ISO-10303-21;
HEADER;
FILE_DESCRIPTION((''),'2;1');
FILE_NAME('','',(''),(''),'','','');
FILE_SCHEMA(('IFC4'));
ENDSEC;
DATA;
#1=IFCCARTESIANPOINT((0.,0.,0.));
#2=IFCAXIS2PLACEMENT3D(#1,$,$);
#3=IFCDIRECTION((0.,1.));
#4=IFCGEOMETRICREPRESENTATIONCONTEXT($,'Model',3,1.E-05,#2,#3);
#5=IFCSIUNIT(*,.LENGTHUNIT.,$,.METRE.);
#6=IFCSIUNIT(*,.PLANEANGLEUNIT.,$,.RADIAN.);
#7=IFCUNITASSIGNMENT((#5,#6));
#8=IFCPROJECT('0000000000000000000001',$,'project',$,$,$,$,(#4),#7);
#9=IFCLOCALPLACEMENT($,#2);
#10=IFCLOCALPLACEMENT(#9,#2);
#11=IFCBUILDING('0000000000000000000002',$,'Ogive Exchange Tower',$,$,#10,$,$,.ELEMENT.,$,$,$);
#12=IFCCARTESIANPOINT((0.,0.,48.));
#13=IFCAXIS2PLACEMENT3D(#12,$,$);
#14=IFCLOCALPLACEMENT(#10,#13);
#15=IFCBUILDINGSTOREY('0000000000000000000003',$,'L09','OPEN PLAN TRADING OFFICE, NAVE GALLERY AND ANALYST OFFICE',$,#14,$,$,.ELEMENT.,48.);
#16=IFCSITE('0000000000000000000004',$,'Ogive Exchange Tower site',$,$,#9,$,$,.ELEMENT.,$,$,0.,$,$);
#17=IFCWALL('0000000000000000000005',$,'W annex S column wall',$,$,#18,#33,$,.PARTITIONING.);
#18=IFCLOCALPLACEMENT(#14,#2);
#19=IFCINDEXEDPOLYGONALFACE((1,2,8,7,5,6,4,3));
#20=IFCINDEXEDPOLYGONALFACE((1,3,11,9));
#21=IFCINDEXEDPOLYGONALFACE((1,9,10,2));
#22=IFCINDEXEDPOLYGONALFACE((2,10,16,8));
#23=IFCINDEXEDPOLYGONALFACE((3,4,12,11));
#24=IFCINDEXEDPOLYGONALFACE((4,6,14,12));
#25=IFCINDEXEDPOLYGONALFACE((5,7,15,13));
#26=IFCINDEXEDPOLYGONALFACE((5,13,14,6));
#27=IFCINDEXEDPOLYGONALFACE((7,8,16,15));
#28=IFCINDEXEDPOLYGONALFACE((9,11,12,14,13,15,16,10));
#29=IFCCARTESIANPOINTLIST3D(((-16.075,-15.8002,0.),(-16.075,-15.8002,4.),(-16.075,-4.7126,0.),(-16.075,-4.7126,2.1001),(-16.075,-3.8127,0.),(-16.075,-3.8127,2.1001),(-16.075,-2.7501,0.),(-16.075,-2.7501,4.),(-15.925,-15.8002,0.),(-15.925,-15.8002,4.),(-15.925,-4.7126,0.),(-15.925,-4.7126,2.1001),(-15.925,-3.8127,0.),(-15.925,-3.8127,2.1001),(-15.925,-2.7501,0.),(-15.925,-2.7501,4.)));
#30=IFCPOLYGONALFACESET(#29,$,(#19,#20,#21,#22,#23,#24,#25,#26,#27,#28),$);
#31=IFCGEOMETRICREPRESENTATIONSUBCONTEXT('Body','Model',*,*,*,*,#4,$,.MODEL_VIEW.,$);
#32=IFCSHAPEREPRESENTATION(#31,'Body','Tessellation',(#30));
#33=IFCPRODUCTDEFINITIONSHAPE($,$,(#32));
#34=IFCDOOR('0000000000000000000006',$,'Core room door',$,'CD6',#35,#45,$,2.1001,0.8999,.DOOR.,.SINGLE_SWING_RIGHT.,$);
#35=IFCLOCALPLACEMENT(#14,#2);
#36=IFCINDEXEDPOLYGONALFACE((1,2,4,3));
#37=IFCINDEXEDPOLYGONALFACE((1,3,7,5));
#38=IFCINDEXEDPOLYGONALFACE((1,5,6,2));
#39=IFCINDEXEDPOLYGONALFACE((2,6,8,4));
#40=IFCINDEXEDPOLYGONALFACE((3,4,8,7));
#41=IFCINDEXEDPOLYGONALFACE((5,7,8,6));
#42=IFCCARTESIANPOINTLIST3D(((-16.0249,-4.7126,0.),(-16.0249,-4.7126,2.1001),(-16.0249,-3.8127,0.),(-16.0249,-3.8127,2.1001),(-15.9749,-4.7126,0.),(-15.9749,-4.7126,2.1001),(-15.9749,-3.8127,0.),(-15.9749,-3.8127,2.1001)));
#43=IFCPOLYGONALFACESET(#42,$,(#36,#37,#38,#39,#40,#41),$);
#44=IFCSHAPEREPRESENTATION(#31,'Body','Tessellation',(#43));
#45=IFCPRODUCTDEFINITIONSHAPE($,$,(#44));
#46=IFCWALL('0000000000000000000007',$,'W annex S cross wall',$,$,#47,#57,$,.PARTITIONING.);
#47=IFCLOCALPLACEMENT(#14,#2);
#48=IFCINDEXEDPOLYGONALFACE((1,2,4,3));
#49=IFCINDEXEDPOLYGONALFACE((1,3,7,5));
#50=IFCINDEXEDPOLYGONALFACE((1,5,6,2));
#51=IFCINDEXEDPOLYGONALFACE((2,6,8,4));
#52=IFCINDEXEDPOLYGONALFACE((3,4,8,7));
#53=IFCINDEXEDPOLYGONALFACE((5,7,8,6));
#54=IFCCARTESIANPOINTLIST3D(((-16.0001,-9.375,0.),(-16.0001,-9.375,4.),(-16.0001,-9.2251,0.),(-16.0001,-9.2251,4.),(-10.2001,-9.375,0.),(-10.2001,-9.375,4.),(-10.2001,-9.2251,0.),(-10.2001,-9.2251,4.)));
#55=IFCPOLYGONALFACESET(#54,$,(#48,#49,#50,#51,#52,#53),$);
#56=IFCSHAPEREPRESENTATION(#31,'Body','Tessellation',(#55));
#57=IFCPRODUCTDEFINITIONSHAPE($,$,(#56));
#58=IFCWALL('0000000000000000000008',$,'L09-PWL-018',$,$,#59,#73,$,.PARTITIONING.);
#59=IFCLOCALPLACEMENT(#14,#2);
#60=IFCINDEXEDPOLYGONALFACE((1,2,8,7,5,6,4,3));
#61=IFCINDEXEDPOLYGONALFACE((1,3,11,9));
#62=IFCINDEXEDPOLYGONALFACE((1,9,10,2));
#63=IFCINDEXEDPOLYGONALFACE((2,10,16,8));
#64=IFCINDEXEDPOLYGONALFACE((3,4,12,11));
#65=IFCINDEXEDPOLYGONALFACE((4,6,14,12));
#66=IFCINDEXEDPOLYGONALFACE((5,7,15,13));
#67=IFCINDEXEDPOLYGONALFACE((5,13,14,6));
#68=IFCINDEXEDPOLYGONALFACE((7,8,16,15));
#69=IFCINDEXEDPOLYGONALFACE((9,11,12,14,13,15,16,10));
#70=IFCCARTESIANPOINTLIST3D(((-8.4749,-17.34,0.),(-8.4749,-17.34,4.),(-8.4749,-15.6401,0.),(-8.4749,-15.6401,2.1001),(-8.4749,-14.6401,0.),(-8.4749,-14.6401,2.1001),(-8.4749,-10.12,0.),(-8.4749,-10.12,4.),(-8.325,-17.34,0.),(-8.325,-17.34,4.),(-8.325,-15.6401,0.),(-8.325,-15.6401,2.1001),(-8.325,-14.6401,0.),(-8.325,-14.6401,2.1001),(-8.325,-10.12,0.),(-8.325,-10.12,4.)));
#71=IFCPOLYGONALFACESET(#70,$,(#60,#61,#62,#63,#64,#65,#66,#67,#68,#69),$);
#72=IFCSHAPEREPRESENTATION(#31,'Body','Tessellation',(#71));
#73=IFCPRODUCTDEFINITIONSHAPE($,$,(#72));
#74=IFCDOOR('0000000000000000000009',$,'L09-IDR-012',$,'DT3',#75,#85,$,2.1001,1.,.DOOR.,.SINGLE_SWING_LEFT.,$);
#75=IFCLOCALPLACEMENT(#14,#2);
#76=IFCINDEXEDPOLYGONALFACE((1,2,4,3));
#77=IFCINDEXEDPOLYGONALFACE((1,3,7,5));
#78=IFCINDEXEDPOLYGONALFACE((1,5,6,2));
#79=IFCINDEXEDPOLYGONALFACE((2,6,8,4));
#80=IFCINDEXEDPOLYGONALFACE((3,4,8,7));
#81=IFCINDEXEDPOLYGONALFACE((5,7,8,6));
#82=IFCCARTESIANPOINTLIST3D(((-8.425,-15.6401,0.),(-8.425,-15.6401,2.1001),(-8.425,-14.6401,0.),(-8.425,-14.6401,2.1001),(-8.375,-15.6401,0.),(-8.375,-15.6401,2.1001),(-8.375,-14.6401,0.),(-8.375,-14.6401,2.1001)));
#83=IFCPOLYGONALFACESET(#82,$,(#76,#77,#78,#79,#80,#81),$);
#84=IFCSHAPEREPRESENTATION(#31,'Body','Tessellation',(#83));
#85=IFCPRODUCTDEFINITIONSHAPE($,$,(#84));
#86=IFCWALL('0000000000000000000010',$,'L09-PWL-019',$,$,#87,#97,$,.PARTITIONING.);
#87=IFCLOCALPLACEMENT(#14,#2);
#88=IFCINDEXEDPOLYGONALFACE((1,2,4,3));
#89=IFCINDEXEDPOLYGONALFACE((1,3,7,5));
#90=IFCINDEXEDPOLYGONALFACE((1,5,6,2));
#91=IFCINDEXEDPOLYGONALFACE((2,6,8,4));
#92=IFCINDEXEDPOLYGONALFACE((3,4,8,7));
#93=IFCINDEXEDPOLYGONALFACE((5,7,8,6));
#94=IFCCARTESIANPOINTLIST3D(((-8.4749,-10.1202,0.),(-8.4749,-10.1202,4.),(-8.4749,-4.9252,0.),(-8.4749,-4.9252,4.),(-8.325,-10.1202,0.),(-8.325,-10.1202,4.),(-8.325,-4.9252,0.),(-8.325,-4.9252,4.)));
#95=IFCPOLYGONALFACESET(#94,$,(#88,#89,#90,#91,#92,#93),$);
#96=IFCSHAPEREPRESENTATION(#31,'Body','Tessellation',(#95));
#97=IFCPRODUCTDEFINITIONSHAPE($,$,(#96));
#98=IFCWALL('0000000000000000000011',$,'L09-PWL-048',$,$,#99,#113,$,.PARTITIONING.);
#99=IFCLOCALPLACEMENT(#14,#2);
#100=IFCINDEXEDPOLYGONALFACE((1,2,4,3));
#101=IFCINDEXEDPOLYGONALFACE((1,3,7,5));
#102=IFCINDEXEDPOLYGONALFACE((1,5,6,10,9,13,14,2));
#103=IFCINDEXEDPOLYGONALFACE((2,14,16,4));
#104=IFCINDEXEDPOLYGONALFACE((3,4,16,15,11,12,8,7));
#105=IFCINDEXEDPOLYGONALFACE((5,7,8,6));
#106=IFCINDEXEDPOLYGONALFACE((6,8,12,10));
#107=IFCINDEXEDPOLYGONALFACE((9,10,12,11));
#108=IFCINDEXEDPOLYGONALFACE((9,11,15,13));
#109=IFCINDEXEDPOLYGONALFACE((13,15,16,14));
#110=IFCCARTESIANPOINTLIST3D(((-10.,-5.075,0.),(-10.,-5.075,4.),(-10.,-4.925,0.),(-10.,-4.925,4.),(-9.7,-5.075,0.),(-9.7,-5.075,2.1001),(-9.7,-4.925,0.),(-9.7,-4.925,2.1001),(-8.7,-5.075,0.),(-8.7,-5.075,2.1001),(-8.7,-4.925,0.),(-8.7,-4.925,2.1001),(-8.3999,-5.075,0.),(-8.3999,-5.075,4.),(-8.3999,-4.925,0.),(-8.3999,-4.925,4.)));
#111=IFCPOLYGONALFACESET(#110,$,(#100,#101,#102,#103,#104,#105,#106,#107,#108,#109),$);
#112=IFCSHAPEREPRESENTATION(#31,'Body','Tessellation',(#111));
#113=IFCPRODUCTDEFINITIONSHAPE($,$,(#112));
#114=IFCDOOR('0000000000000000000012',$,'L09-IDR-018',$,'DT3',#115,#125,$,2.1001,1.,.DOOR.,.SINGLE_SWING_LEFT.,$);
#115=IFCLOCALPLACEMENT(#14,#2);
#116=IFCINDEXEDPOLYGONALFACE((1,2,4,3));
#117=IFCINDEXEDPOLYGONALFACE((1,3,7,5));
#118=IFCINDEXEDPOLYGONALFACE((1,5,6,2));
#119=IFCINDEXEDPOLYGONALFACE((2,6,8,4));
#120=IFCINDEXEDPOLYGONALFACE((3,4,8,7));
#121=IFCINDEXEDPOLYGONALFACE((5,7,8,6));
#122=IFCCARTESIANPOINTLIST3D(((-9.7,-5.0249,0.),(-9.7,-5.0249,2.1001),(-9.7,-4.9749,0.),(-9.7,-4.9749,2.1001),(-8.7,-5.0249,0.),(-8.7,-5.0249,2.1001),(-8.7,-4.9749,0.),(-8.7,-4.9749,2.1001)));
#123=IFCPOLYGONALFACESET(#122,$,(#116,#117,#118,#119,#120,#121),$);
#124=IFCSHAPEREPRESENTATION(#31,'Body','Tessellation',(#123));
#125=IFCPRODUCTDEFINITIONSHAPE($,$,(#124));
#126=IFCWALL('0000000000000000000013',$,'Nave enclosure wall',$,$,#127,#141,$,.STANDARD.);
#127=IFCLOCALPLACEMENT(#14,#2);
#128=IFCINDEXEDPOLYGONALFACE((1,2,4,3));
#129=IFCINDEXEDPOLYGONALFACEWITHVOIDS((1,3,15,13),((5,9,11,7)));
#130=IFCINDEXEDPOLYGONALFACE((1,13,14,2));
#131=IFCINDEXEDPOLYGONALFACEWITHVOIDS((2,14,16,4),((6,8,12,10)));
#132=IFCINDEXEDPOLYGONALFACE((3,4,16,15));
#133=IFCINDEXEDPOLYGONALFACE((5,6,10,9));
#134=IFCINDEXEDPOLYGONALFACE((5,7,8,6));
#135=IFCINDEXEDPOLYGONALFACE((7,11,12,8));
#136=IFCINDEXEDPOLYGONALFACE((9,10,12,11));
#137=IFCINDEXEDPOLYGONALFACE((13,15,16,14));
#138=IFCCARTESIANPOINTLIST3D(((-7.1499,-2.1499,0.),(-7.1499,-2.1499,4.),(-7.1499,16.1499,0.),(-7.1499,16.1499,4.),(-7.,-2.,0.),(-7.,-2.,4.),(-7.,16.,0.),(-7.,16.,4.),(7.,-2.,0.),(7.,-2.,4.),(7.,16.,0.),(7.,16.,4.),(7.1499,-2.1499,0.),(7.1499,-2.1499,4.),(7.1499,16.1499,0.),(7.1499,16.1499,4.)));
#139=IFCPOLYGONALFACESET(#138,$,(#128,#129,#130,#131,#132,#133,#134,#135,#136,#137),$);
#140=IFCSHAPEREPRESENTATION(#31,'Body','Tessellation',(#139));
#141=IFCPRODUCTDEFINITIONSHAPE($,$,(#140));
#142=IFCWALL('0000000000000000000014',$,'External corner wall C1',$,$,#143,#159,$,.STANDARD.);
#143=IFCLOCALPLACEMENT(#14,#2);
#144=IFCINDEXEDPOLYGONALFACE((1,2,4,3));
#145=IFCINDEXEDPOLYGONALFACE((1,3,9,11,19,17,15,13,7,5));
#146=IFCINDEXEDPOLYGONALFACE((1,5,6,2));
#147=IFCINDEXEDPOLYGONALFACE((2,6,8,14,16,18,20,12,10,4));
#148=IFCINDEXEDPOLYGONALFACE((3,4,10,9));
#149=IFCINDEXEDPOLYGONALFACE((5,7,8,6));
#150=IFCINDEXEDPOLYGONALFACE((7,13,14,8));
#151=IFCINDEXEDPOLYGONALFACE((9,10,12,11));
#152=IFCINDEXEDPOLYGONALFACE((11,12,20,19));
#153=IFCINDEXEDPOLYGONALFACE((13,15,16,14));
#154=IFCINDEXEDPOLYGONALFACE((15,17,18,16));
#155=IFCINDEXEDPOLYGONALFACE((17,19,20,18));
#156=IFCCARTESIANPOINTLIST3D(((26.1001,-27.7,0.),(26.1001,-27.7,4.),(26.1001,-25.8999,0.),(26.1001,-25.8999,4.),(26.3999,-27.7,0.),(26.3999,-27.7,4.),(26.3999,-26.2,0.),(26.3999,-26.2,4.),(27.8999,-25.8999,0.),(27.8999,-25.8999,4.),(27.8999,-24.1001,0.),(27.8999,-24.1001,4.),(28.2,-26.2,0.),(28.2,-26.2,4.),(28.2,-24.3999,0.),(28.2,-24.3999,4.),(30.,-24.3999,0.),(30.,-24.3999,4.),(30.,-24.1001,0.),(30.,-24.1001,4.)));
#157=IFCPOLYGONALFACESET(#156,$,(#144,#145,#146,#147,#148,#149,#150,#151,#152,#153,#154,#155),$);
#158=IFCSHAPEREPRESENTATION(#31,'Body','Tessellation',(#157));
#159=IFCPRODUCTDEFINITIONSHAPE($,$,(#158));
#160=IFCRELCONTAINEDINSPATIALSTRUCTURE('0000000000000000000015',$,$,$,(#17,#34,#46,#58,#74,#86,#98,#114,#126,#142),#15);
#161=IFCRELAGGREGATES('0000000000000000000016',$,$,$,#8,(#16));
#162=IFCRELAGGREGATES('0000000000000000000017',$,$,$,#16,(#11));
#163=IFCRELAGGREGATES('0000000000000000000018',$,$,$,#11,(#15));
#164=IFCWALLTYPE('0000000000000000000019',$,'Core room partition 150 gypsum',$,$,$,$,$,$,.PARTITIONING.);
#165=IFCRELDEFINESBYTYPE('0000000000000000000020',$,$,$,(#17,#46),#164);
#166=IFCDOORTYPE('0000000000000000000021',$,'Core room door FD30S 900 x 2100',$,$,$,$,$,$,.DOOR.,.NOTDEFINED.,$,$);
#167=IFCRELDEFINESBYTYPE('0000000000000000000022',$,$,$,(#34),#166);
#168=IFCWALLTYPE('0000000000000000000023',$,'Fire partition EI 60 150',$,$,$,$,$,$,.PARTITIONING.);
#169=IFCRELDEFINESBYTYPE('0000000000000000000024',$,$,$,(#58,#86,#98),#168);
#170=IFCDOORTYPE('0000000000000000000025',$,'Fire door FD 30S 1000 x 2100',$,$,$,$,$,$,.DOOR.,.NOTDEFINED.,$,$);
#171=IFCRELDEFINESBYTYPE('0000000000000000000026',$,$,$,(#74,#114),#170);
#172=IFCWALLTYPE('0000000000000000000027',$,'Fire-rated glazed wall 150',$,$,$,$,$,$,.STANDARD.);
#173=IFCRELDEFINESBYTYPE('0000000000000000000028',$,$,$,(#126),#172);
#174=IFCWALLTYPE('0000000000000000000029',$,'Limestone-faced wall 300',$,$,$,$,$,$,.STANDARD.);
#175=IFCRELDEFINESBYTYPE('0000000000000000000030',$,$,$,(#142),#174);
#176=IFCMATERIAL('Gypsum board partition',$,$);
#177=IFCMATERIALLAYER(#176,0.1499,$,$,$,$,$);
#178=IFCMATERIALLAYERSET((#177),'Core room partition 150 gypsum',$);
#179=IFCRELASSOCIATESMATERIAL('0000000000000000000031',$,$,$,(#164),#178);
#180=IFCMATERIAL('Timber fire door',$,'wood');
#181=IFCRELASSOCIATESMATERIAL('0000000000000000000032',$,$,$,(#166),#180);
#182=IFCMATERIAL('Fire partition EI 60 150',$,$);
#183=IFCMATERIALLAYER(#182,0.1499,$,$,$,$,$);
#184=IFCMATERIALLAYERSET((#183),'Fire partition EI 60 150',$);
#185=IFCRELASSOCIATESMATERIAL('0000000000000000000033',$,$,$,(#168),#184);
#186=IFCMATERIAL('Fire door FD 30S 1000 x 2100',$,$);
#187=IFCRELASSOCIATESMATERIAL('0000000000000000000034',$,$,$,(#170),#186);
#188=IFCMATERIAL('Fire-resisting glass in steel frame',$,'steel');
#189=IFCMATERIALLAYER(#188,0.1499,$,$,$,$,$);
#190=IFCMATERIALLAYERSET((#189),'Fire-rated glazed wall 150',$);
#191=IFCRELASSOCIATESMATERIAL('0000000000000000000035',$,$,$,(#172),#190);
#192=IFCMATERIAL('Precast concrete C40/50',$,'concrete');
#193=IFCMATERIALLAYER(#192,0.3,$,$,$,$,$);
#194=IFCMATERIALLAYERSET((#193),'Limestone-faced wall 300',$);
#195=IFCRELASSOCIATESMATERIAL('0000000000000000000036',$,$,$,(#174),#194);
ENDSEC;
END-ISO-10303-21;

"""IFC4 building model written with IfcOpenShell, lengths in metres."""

from ifc_helpers import new_model, si_unit, direction, frame, frame_2d, origin, place, context, subcontext, project, spatial, polyline, rectangle, outline, extrude, material, layer, layer_set, type_object, element, fill, save


model = new_model("IFC4")

# Units and contexts
model_context = context("Model", 3, precision=1e-05, world=origin(), true_north=direction((0.0, 1.0)))
body_context = subcontext(model_context, "Body", "Model", "MODEL_VIEW")
ifc_project = project(units=[si_unit("LENGTHUNIT", "METRE"), si_unit("PLANEANGLEUNIT", "RADIAN")], contexts=[model_context])

# Site, building, storey
site_placement = place(None, origin())
site = spatial("IfcSite", under=ifc_project, at=site_placement, Name="Ogive Exchange Tower site", CompositionType="ELEMENT", RefElevation=0.0)
building_placement = place(site_placement, origin())
building = spatial("IfcBuilding", under=site, at=building_placement, Name="Ogive Exchange Tower", CompositionType="ELEMENT")
storey_placement = place(building_placement, frame((0.0, 0.0, 48.0)))
storey = spatial("IfcBuildingStorey", under=building, at=storey_placement, Name="L09", Description="OPEN PLAN TRADING OFFICE, NAVE GALLERY AND ANALYST OFFICE", CompositionType="ELEMENT", Elevation=48.0)

# Wall, opening, door
ifc_material_1 = material(Name="Gypsum board partition")
ifc_layer_1 = layer(ifc_material_1, 0.1499)
ifc_layer_set_1 = layer_set([ifc_layer_1], Name="Core room partition 150 gypsum")
wall_type_1 = type_object("IfcWallType", Name="Core room partition 150 gypsum", PredefinedType="PARTITIONING", material=ifc_layer_set_1)
wall_1_placement = place(storey_placement, frame((-16.0, -15.8, 0.0), z_axis=(0.0, 0.0, 1.0), x_axis=(0.0, 1.0, 0.0)))
wall_1 = element("IfcWall", 1, at=wall_1_placement, inside=storey, type_object=wall_type_1, Name="W annex S column wall", PredefinedType="PARTITIONING", context=body_context, shape_type="SweptSolid", body=[
    extrude(rectangle(XDim=13.05, YDim=0.1499, at=frame_2d((6.5249, 0.0))), origin(), (0.0, 0.0, 1.0), 4.0),
])
opening_1_placement = place(wall_1_placement, frame((11.0874, 0.0, 0.0)))
opening_1 = element("IfcOpeningElement", 2, at=opening_1_placement, cuts=wall_1, PredefinedType="OPENING", context=body_context, shape_type="SweptSolid", body=[
    extrude(rectangle(XDim=0.8999, YDim=2.1001, at=frame_2d((0.45, 1.05))), frame((0.0, 0.085, 0.0), z_axis=(0.0, -1.0, 0.0), x_axis=(1.0, 0.0, 0.0)), (0.0, 0.0, 1.0), 0.1699),
])
ifc_material_2 = material(Name="Timber fire door", Category="wood")
door_type_1 = type_object("IfcDoorType", Name="Core room door FD30S 900 x 2100", OperationType="NOTDEFINED", PredefinedType="DOOR", material=ifc_material_2)
door_1_placement = place(opening_1_placement, origin())
door_1 = element("IfcDoor", 3, at=door_1_placement, inside=storey, type_object=door_type_1, Name="Core room door", ObjectType="CD6", OperationType="SINGLE_SWING_RIGHT", OverallHeight=2.1001, OverallWidth=0.8999, PredefinedType="DOOR", context=body_context, shape_type="SweptSolid", body=[
    extrude(rectangle(XDim=0.8999, YDim=2.1001, at=frame_2d((0.45, 1.05))), frame((0.0, 0.0249, 0.0), z_axis=(0.0, -1.0, 0.0), x_axis=(1.0, 0.0, 0.0)), (0.0, 0.0, 1.0), 0.05),
])
fill(opening_1, door_1)

# Wall
wall_2_placement = place(storey_placement, frame((-16.0, -9.3, 0.0), z_axis=(0.0, 0.0, 1.0), x_axis=(1.0, 0.0, 0.0)))
element("IfcWall", 4, at=wall_2_placement, inside=storey, type_object=wall_type_1, Name="W annex S cross wall", PredefinedType="PARTITIONING", context=body_context, shape_type="SweptSolid", body=[
    extrude(rectangle(XDim=5.8, YDim=0.1499, at=frame_2d((2.8999, 0.0))), origin(), (0.0, 0.0, 1.0), 4.0),
])

# Wall, opening, door
ifc_material_3 = material(Name="Fire partition EI 60 150")
ifc_layer_2 = layer(ifc_material_3, 0.1499)
ifc_layer_set_2 = layer_set([ifc_layer_2], Name="Fire partition EI 60 150")
wall_type_2 = type_object("IfcWallType", Name="Fire partition EI 60 150", PredefinedType="PARTITIONING", material=ifc_layer_set_2)
wall_3_placement = place(storey_placement, frame((-8.3999, -10.1201, 0.0), z_axis=(0.0, 0.0, 1.0), x_axis=(0.0, -1.0, 0.0)))
wall_3 = element("IfcWall", 5, at=wall_3_placement, inside=storey, type_object=wall_type_2, Name="L09-PWL-018", PredefinedType="PARTITIONING", context=body_context, shape_type="SweptSolid", body=[
    extrude(rectangle(XDim=7.22, YDim=0.1499, at=frame_2d((3.6099, 0.0))), origin(), (0.0, 0.0, 1.0), 4.0),
])
opening_2_placement = place(wall_3_placement, frame((4.52, 0.0, 0.0)))
opening_2 = element("IfcOpeningElement", 6, at=opening_2_placement, cuts=wall_3, PredefinedType="OPENING", context=body_context, shape_type="SweptSolid", body=[
    extrude(rectangle(XDim=1.0, YDim=2.1001, at=frame_2d((0.5, 1.05))), frame((0.0, 0.085, 0.0), z_axis=(0.0, -1.0, 0.0), x_axis=(1.0, 0.0, 0.0)), (0.0, 0.0, 1.0), 0.1699),
])
ifc_material_4 = material(Name="Fire door FD 30S 1000 x 2100")
door_type_2 = type_object("IfcDoorType", Name="Fire door FD 30S 1000 x 2100", OperationType="NOTDEFINED", PredefinedType="DOOR", material=ifc_material_4)
door_2_placement = place(opening_2_placement, origin())
door_2 = element("IfcDoor", 7, at=door_2_placement, inside=storey, type_object=door_type_2, Name="L09-IDR-012", ObjectType="DT3", OperationType="SINGLE_SWING_LEFT", OverallHeight=2.1001, OverallWidth=1.0, PredefinedType="DOOR", context=body_context, shape_type="SweptSolid", body=[
    extrude(rectangle(XDim=1.0, YDim=2.1001, at=frame_2d((0.5, 1.05))), frame((0.0, 0.0249, 0.0), z_axis=(0.0, -1.0, 0.0), x_axis=(1.0, 0.0, 0.0)), (0.0, 0.0, 1.0), 0.05),
])
fill(opening_2, door_2)

# Wall
wall_4_placement = place(storey_placement, frame((-8.3999, -4.925, 0.0), z_axis=(0.0, 0.0, 1.0), x_axis=(0.0, -1.0, 0.0)))
element("IfcWall", 8, at=wall_4_placement, inside=storey, type_object=wall_type_2, Name="L09-PWL-019", PredefinedType="PARTITIONING", context=body_context, shape_type="SweptSolid", body=[
    extrude(rectangle(XDim=5.1951, YDim=0.1499, at=frame_2d((2.5977, 0.0))), origin(), (0.0, 0.0, 1.0), 4.0),
])

# Wall, opening, door
wall_5_placement = place(storey_placement, frame((-8.3999, -5.0, 0.0), z_axis=(0.0, 0.0, 1.0), x_axis=(-1.0, 0.0, 0.0)))
wall_5 = element("IfcWall", 9, at=wall_5_placement, inside=storey, type_object=wall_type_2, Name="L09-PWL-048", PredefinedType="PARTITIONING", context=body_context, shape_type="SweptSolid", body=[
    extrude(rectangle(XDim=1.6001, YDim=0.1499, at=frame_2d((0.8, 0.0))), origin(), (0.0, 0.0, 1.0), 4.0),
])
opening_3_placement = place(wall_5_placement, frame((0.3, 0.0, 0.0)))
opening_3 = element("IfcOpeningElement", 10, at=opening_3_placement, cuts=wall_5, PredefinedType="OPENING", context=body_context, shape_type="SweptSolid", body=[
    extrude(rectangle(XDim=1.0, YDim=2.1001, at=frame_2d((0.5, 1.05))), frame((0.0, 0.085, 0.0), z_axis=(0.0, -1.0, 0.0), x_axis=(1.0, 0.0, 0.0)), (0.0, 0.0, 1.0), 0.1699),
])
door_3_placement = place(opening_3_placement, origin())
door_3 = element("IfcDoor", 11, at=door_3_placement, inside=storey, type_object=door_type_2, Name="L09-IDR-018", ObjectType="DT3", OperationType="SINGLE_SWING_LEFT", OverallHeight=2.1001, OverallWidth=1.0, PredefinedType="DOOR", context=body_context, shape_type="SweptSolid", body=[
    extrude(rectangle(XDim=1.0, YDim=2.1001, at=frame_2d((0.5, 1.05))), frame((0.0, 0.0249, 0.0), z_axis=(0.0, -1.0, 0.0), x_axis=(1.0, 0.0, 0.0)), (0.0, 0.0, 1.0), 0.05),
])
fill(opening_3, door_3)

# Walls
ifc_material_5 = material(Name="Fire-resisting glass in steel frame", Category="steel")
ifc_layer_3 = layer(ifc_material_5, 0.1499)
ifc_layer_set_3 = layer_set([ifc_layer_3], Name="Fire-rated glazed wall 150")
wall_type_3 = type_object("IfcWallType", Name="Fire-rated glazed wall 150", PredefinedType="STANDARD", material=ifc_layer_set_3)
wall_6_placement = place(storey_placement, origin())
element("IfcWall", 12, at=wall_6_placement, inside=storey, type_object=wall_type_3, Name="Nave enclosure wall", PredefinedType="STANDARD", context=body_context, shape_type="SweptSolid", body=[
    extrude(outline(polyline([(-7.1499, -2.1499), (7.1499, -2.1499), (7.1499, 16.1499), (-7.1499, 16.1499), (-7.1499, -2.1499)]), holes=[polyline([(-7.0, -2.0), (-7.0, 16.0), (7.0, 16.0), (7.0, -2.0), (-7.0, -2.0)])]), origin(), (0.0, 0.0, 1.0), 4.0),
])
ifc_material_6 = material(Name="Precast concrete C40/50", Category="concrete")
ifc_layer_4 = layer(ifc_material_6, 0.3)
ifc_layer_set_4 = layer_set([ifc_layer_4], Name="Limestone-faced wall 300")
wall_type_4 = type_object("IfcWallType", Name="Limestone-faced wall 300", PredefinedType="STANDARD", material=ifc_layer_set_4)
wall_7_placement = place(storey_placement, origin())
element("IfcWall", 13, at=wall_7_placement, inside=storey, type_object=wall_type_4, Name="External corner wall C1", PredefinedType="STANDARD", context=body_context, shape_type="SweptSolid", body=[
    extrude(outline(polyline([(27.8999, -25.8999), (27.8999, -24.1001), (30.0, -24.1001), (30.0, -24.3999), (28.2, -24.3999), (28.2, -26.2), (26.3999, -26.2), (26.3999, -27.7), (26.1001, -27.7), (26.1001, -25.8999), (27.8999, -25.8999)])), origin(), (0.0, 0.0, 1.0), 4.0),
])

save(model, "model.ifc")
